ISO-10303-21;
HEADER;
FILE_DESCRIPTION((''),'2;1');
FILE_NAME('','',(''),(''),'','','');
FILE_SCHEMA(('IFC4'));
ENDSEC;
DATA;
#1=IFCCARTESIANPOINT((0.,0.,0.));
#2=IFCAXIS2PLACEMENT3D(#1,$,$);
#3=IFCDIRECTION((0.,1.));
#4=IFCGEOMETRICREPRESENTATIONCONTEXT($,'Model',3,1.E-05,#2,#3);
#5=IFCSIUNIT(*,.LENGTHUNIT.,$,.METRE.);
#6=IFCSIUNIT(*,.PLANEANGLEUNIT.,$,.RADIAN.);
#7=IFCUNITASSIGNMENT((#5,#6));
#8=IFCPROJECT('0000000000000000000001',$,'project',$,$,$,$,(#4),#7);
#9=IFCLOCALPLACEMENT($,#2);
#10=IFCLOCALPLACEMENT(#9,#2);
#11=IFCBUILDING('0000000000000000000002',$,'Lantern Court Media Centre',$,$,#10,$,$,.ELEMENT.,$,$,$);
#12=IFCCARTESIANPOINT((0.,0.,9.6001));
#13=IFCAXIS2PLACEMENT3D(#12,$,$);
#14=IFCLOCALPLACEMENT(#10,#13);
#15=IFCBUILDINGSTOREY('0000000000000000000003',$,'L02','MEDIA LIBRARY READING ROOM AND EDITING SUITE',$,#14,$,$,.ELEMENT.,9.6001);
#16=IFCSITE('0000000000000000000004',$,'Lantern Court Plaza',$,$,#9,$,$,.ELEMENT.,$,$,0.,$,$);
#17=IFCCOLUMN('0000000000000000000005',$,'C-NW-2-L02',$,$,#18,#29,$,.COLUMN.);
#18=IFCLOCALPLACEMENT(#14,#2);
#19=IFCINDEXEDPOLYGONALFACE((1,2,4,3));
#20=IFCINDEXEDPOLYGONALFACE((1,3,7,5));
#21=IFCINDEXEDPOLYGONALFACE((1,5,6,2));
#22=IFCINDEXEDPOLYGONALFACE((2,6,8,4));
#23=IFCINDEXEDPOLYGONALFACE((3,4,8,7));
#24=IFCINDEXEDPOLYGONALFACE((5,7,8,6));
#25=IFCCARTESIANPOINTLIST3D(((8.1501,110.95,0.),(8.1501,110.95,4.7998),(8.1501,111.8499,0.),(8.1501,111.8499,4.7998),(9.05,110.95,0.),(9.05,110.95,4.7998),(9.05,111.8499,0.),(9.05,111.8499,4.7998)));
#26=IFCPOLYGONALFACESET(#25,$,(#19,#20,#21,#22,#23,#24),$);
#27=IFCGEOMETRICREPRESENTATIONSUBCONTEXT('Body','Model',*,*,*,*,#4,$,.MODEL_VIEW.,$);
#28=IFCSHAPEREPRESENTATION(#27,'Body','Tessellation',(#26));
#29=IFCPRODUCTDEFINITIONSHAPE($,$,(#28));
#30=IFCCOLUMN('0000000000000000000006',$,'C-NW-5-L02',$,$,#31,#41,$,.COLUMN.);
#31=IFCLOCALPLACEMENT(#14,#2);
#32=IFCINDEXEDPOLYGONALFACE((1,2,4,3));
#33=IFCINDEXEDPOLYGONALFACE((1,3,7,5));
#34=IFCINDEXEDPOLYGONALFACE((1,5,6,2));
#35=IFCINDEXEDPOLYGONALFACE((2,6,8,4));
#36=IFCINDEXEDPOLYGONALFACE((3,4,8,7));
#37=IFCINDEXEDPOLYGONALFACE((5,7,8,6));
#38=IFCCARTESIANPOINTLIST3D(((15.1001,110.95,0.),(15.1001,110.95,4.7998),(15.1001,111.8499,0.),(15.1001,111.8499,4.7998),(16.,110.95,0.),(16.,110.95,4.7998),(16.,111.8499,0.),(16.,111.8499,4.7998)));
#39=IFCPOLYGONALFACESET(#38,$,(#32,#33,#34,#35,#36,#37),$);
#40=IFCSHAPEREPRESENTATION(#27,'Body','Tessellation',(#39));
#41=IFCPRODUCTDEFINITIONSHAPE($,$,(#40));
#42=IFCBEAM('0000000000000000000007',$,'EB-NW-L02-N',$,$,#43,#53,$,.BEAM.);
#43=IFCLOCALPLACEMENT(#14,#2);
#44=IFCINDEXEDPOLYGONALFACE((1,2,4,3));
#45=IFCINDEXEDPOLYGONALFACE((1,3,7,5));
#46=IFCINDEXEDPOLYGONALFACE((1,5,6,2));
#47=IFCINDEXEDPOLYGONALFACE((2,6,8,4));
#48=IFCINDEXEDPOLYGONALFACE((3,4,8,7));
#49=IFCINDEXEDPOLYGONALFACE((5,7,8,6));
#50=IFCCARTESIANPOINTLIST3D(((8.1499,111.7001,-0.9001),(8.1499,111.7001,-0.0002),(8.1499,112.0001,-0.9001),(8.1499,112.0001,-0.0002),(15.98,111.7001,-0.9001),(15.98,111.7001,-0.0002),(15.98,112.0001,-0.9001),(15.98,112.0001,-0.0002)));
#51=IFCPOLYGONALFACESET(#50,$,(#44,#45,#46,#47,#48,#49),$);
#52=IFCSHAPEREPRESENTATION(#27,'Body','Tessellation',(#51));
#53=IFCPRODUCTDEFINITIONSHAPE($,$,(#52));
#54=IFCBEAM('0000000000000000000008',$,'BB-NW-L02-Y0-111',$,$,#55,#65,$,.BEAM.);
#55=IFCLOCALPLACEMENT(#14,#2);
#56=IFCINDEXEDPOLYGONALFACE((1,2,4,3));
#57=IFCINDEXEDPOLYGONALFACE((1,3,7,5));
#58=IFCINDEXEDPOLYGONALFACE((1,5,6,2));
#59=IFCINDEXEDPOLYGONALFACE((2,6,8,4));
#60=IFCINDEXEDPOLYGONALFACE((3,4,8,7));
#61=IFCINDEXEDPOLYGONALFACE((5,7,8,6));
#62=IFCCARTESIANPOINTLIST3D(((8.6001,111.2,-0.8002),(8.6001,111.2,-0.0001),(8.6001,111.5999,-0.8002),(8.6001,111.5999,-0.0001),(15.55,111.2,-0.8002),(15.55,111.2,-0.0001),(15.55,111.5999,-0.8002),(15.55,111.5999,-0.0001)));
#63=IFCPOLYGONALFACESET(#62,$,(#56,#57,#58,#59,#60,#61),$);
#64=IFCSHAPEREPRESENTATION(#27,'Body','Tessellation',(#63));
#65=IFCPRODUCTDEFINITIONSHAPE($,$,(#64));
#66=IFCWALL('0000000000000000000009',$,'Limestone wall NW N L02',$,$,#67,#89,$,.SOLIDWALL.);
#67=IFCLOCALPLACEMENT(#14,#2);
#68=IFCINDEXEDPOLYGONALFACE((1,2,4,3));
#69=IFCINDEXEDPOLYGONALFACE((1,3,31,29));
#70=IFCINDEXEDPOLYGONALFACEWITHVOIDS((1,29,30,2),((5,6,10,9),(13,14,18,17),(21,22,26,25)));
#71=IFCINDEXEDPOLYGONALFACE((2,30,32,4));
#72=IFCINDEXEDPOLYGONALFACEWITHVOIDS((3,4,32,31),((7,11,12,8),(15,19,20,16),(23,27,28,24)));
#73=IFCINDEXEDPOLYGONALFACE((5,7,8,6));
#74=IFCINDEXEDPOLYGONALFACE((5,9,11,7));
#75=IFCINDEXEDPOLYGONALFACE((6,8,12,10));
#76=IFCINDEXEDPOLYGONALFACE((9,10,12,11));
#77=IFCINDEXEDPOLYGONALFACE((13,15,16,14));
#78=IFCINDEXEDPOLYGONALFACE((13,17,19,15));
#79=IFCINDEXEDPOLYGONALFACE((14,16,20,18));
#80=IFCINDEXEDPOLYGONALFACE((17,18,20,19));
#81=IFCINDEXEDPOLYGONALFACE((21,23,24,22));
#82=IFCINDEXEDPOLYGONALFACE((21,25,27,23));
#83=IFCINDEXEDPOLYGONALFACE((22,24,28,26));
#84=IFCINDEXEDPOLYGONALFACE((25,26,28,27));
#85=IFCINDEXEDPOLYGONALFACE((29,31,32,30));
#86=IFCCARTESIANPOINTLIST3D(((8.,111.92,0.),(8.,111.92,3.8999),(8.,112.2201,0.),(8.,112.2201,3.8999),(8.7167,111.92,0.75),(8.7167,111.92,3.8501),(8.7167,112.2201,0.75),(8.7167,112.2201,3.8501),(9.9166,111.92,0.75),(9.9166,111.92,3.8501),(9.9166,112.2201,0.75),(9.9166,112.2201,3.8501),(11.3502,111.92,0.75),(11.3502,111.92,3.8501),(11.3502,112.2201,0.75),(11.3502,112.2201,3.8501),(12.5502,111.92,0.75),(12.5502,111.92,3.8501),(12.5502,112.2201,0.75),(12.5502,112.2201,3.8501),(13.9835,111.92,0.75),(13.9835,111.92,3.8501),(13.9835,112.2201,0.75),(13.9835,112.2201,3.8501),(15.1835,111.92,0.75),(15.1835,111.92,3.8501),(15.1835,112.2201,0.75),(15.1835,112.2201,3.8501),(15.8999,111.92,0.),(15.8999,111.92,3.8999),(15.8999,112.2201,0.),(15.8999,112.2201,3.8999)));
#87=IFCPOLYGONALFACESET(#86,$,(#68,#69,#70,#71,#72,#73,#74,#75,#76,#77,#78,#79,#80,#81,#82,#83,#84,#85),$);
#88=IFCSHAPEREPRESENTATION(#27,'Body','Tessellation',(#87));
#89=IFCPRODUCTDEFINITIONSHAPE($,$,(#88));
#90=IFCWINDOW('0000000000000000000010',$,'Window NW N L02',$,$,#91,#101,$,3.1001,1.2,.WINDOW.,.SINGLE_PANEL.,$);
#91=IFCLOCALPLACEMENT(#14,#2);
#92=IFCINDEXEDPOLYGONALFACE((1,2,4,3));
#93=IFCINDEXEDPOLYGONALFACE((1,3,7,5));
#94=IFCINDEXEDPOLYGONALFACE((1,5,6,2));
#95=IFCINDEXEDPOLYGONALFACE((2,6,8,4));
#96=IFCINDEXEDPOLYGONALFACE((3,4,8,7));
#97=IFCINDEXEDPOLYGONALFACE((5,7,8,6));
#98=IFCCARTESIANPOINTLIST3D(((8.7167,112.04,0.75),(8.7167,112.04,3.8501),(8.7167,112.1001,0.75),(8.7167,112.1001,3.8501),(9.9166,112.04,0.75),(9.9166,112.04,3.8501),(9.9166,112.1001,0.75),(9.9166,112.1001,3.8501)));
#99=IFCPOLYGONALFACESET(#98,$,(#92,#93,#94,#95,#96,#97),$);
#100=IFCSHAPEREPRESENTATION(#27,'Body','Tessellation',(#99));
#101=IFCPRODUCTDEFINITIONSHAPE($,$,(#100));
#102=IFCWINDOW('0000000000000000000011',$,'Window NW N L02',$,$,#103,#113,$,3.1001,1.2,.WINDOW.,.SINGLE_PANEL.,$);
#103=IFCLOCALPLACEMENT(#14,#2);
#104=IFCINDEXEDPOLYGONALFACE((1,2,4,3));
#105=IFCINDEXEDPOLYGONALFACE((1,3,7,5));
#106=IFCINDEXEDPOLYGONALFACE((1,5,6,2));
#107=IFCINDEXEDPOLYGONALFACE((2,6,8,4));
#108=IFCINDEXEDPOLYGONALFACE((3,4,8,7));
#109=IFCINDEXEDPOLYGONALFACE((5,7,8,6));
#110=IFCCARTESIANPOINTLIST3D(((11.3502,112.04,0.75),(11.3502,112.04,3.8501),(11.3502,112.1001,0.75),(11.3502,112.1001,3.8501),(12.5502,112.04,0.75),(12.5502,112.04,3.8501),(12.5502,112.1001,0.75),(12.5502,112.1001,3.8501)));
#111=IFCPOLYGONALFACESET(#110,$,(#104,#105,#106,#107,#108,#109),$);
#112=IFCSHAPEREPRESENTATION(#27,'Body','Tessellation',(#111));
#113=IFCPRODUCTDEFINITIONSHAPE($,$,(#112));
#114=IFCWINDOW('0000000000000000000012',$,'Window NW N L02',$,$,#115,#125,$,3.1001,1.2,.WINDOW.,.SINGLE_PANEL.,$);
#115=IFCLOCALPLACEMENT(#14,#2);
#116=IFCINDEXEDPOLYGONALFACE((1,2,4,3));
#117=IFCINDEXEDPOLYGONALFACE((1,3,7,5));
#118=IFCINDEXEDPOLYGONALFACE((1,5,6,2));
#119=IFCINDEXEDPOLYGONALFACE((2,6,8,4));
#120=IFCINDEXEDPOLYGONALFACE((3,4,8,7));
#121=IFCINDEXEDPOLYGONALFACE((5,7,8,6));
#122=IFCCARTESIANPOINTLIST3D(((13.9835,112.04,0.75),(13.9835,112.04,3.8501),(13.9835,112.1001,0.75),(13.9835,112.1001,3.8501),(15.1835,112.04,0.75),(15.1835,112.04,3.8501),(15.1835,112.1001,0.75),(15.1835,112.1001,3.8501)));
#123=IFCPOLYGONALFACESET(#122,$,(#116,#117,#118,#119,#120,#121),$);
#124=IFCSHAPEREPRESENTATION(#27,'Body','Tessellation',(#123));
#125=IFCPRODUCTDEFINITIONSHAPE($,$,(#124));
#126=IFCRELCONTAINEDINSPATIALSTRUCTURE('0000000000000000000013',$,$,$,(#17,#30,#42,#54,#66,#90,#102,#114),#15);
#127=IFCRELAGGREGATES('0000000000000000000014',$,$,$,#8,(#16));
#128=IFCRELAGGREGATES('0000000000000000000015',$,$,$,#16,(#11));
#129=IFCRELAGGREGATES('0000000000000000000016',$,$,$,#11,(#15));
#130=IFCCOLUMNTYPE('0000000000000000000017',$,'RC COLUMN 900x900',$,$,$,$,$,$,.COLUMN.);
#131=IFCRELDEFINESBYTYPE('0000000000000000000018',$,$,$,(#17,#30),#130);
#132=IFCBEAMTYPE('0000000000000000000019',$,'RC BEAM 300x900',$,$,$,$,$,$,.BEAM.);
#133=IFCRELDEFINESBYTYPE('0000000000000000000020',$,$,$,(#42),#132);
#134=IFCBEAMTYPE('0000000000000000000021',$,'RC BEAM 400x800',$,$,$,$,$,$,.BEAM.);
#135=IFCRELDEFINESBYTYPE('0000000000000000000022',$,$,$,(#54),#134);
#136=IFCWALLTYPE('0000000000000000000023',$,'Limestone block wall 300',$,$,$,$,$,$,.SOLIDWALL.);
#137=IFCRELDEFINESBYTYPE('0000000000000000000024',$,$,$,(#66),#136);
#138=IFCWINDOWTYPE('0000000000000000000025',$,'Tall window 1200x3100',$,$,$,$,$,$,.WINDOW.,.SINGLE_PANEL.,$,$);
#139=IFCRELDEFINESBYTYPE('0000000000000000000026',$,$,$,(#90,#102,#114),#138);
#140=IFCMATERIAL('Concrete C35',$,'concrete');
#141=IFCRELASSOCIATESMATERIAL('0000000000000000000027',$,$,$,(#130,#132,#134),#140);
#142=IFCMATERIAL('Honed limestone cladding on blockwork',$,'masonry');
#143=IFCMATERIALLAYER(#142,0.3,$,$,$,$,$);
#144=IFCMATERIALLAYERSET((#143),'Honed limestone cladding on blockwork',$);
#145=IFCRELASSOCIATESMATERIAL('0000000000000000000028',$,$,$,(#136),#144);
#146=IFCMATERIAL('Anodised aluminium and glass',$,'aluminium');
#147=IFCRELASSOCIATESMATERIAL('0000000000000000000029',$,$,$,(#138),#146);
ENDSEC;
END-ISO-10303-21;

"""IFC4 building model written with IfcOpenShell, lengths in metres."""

from ifc_helpers import new_model, si_unit, direction, frame, frame_2d, origin, origin_2d, place, context, subcontext, project, spatial, rectangle, extrude, material, layer, layer_set, material_profile, profile_set, type_object, element, fill, save


model = new_model("IFC4")

# Units and contexts
model_context = context("Model", 3, precision=1e-05, world=origin(), true_north=direction((0.0, 1.0)))
body_context = subcontext(model_context, "Body", "Model", "MODEL_VIEW")
ifc_project = project(units=[si_unit("LENGTHUNIT", "METRE"), si_unit("PLANEANGLEUNIT", "RADIAN")], contexts=[model_context])

# Site, building, storey
site_placement = place(None, origin())
site = spatial("IfcSite", under=ifc_project, at=site_placement, Name="Lantern Court Plaza", CompositionType="ELEMENT", RefElevation=0.0)
building_placement = place(site_placement, origin())
building = spatial("IfcBuilding", under=site, at=building_placement, Name="Lantern Court Media Centre", CompositionType="ELEMENT")
storey_placement = place(building_placement, frame((0.0, 0.0, 9.6001)))
storey = spatial("IfcBuildingStorey", under=building, at=storey_placement, Name="L02", Description="MEDIA LIBRARY READING ROOM AND EDITING SUITE", CompositionType="ELEMENT", Elevation=9.6001)

# Columns
ifc_material_1 = material(Name="Concrete C35", Category="concrete")
ifc_material_profile_1 = material_profile(ifc_material_1, rectangle(XDim=0.8999, YDim=0.8999, at=origin_2d()), Name="RC 900x900")
ifc_profile_set_1 = profile_set([ifc_material_profile_1], Name="Concrete C35")
column_type = type_object("IfcColumnType", Name="RC COLUMN 900x900", PredefinedType="COLUMN", material=ifc_profile_set_1)
for number, where, z_axis, x_axis, name in (
    (1, (8.6001, 111.3999, 0.0), (0.0, 0.0, 1.0), (1.0, 0.0, 0.0), "C-NW-2-L02"),
    (2, (15.55, 111.3999, 0.0), (0.0, 0.0, 1.0), (1.0, 0.0, 0.0), "C-NW-5-L02"),
):
    element("IfcColumn", number, at=place(storey_placement, frame(where, z_axis=z_axis, x_axis=x_axis)), inside=storey, type_object=column_type, Name=name, PredefinedType="COLUMN", context=body_context, shape_type="SweptSolid", body=[
        extrude(rectangle(XDim=0.8999, YDim=0.8999, at=origin_2d()), origin(), (0.0, 0.0, 1.0), 4.7998),
    ])

# Beams
ifc_material_profile_2 = material_profile(ifc_material_1, rectangle(XDim=0.3, YDim=0.8999, at=origin_2d()), Name="RC 300x900")
ifc_profile_set_2 = profile_set([ifc_material_profile_2], Name="Concrete C35")
beam_type_1 = type_object("IfcBeamType", Name="RC BEAM 300x900", PredefinedType="BEAM", material=ifc_profile_set_2)
beam_1_placement = place(storey_placement, frame((8.1499, 111.8501, -0.4502), z_axis=(1.0, 0.0, 0.0), x_axis=(0.0, 1.0, 0.0)))
element("IfcBeam", 3, at=beam_1_placement, inside=storey, type_object=beam_type_1, Name="EB-NW-L02-N", PredefinedType="BEAM", context=body_context, shape_type="SweptSolid", body=[
    extrude(rectangle(XDim=0.3, YDim=0.8999, at=origin_2d()), origin(), (0.0, 0.0, 1.0), 7.8301),
])
ifc_material_profile_3 = material_profile(ifc_material_1, rectangle(XDim=0.3999, YDim=0.8, at=origin_2d()), Name="RC 400x800")
ifc_profile_set_3 = profile_set([ifc_material_profile_3], Name="Concrete C35")
beam_type_2 = type_object("IfcBeamType", Name="RC BEAM 400x800", PredefinedType="BEAM", material=ifc_profile_set_3)
beam_2_placement = place(storey_placement, frame((8.6001, 111.3999, -0.4001), z_axis=(1.0, 0.0, 0.0), x_axis=(0.0, 1.0, 0.0)))
element("IfcBeam", 4, at=beam_2_placement, inside=storey, type_object=beam_type_2, Name="BB-NW-L02-Y0-111", PredefinedType="BEAM", context=body_context, shape_type="SweptSolid", body=[
    extrude(rectangle(XDim=0.3999, YDim=0.8, at=origin_2d()), origin(), (0.0, 0.0, 1.0), 6.95),
])

# Wall, openings, windows
ifc_material_2 = material(Name="Honed limestone cladding on blockwork", Category="masonry")
ifc_layer_1 = layer(ifc_material_2, 0.3)
ifc_layer_set_1 = layer_set([ifc_layer_1], Name="Honed limestone cladding on blockwork")
wall_type_1 = type_object("IfcWallType", Name="Limestone block wall 300", PredefinedType="SOLIDWALL", material=ifc_layer_set_1)
wall_1_placement = place(storey_placement, frame((8.0, 112.0701, 0.0), z_axis=(0.0, 0.0, 1.0), x_axis=(1.0, 0.0, 0.0)))
wall_1 = element("IfcWall", 5, at=wall_1_placement, inside=storey, type_object=wall_type_1, Name="Limestone wall NW N L02", PredefinedType="SOLIDWALL", context=body_context, shape_type="SweptSolid", body=[
    extrude(rectangle(XDim=7.8999, YDim=0.3, at=frame_2d((3.95, 0.0))), origin(), (0.0, 0.0, 1.0), 3.8999),
])
opening_1_placement = place(wall_1_placement, frame((0.7166, 0.0, 0.75)))
opening_1 = element("IfcOpeningElement", 6, at=opening_1_placement, cuts=wall_1, PredefinedType="OPENING", context=body_context, shape_type="SweptSolid", body=[
    extrude(rectangle(XDim=1.2, YDim=3.1001, at=frame_2d((0.6001, 1.55))), frame((0.0, 0.1599, 0.0), z_axis=(0.0, -1.0, 0.0), x_axis=(1.0, 0.0, 0.0)), (0.0, 0.0, 1.0), 0.3201),
])
opening_2_placement = place(wall_1_placement, frame((3.3501, 0.0, 0.75)))
opening_2 = element("IfcOpeningElement", 7, at=opening_2_placement, cuts=wall_1, PredefinedType="OPENING", context=body_context, shape_type="SweptSolid", body=[
    extrude(rectangle(XDim=1.2, YDim=3.1001, at=frame_2d((0.6001, 1.55))), frame((0.0, 0.1599, 0.0), z_axis=(0.0, -1.0, 0.0), x_axis=(1.0, 0.0, 0.0)), (0.0, 0.0, 1.0), 0.3201),
])
opening_3_placement = place(wall_1_placement, frame((5.9834, 0.0, 0.75)))
opening_3 = element("IfcOpeningElement", 8, at=opening_3_placement, cuts=wall_1, PredefinedType="OPENING", context=body_context, shape_type="SweptSolid", body=[
    extrude(rectangle(XDim=1.2, YDim=3.1001, at=frame_2d((0.6001, 1.55))), frame((0.0, 0.1599, 0.0), z_axis=(0.0, -1.0, 0.0), x_axis=(1.0, 0.0, 0.0)), (0.0, 0.0, 1.0), 0.3201),
])
ifc_material_3 = material(Name="Anodised aluminium and glass", Category="aluminium")
window_type_1 = type_object("IfcWindowType", Name="Tall window 1200x3100", PartitioningType="SINGLE_PANEL", PredefinedType="WINDOW", material=ifc_material_3)
window_1_placement = place(opening_1_placement, origin())
window_1 = element("IfcWindow", 9, at=window_1_placement, inside=storey, type_object=window_type_1, Name="Window NW N L02", OverallHeight=3.1001, OverallWidth=1.2, PartitioningType="SINGLE_PANEL", PredefinedType="WINDOW", context=body_context, shape_type="SweptSolid", body=[
    extrude(rectangle(XDim=1.2, YDim=3.1001, at=frame_2d((0.6001, 1.55))), frame((0.0, 0.03, 0.0), z_axis=(0.0, -1.0, 0.0), x_axis=(1.0, 0.0, 0.0)), (0.0, 0.0, 1.0), 0.0601),
])
fill(opening_1, window_1)
window_2_placement = place(opening_2_placement, origin())
window_2 = element("IfcWindow", 10, at=window_2_placement, inside=storey, type_object=window_type_1, Name="Window NW N L02", OverallHeight=3.1001, OverallWidth=1.2, PartitioningType="SINGLE_PANEL", PredefinedType="WINDOW", context=body_context, shape_type="SweptSolid", body=[
    extrude(rectangle(XDim=1.2, YDim=3.1001, at=frame_2d((0.6001, 1.55))), frame((0.0, 0.03, 0.0), z_axis=(0.0, -1.0, 0.0), x_axis=(1.0, 0.0, 0.0)), (0.0, 0.0, 1.0), 0.0601),
])
fill(opening_2, window_2)
window_3_placement = place(opening_3_placement, origin())
window_3 = element("IfcWindow", 11, at=window_3_placement, inside=storey, type_object=window_type_1, Name="Window NW N L02", OverallHeight=3.1001, OverallWidth=1.2, PartitioningType="SINGLE_PANEL", PredefinedType="WINDOW", context=body_context, shape_type="SweptSolid", body=[
    extrude(rectangle(XDim=1.2, YDim=3.1001, at=frame_2d((0.6001, 1.55))), frame((0.0, 0.03, 0.0), z_axis=(0.0, -1.0, 0.0), x_axis=(1.0, 0.0, 0.0)), (0.0, 0.0, 1.0), 0.0601),
])
fill(opening_3, window_3)

save(model, "model.ifc")
